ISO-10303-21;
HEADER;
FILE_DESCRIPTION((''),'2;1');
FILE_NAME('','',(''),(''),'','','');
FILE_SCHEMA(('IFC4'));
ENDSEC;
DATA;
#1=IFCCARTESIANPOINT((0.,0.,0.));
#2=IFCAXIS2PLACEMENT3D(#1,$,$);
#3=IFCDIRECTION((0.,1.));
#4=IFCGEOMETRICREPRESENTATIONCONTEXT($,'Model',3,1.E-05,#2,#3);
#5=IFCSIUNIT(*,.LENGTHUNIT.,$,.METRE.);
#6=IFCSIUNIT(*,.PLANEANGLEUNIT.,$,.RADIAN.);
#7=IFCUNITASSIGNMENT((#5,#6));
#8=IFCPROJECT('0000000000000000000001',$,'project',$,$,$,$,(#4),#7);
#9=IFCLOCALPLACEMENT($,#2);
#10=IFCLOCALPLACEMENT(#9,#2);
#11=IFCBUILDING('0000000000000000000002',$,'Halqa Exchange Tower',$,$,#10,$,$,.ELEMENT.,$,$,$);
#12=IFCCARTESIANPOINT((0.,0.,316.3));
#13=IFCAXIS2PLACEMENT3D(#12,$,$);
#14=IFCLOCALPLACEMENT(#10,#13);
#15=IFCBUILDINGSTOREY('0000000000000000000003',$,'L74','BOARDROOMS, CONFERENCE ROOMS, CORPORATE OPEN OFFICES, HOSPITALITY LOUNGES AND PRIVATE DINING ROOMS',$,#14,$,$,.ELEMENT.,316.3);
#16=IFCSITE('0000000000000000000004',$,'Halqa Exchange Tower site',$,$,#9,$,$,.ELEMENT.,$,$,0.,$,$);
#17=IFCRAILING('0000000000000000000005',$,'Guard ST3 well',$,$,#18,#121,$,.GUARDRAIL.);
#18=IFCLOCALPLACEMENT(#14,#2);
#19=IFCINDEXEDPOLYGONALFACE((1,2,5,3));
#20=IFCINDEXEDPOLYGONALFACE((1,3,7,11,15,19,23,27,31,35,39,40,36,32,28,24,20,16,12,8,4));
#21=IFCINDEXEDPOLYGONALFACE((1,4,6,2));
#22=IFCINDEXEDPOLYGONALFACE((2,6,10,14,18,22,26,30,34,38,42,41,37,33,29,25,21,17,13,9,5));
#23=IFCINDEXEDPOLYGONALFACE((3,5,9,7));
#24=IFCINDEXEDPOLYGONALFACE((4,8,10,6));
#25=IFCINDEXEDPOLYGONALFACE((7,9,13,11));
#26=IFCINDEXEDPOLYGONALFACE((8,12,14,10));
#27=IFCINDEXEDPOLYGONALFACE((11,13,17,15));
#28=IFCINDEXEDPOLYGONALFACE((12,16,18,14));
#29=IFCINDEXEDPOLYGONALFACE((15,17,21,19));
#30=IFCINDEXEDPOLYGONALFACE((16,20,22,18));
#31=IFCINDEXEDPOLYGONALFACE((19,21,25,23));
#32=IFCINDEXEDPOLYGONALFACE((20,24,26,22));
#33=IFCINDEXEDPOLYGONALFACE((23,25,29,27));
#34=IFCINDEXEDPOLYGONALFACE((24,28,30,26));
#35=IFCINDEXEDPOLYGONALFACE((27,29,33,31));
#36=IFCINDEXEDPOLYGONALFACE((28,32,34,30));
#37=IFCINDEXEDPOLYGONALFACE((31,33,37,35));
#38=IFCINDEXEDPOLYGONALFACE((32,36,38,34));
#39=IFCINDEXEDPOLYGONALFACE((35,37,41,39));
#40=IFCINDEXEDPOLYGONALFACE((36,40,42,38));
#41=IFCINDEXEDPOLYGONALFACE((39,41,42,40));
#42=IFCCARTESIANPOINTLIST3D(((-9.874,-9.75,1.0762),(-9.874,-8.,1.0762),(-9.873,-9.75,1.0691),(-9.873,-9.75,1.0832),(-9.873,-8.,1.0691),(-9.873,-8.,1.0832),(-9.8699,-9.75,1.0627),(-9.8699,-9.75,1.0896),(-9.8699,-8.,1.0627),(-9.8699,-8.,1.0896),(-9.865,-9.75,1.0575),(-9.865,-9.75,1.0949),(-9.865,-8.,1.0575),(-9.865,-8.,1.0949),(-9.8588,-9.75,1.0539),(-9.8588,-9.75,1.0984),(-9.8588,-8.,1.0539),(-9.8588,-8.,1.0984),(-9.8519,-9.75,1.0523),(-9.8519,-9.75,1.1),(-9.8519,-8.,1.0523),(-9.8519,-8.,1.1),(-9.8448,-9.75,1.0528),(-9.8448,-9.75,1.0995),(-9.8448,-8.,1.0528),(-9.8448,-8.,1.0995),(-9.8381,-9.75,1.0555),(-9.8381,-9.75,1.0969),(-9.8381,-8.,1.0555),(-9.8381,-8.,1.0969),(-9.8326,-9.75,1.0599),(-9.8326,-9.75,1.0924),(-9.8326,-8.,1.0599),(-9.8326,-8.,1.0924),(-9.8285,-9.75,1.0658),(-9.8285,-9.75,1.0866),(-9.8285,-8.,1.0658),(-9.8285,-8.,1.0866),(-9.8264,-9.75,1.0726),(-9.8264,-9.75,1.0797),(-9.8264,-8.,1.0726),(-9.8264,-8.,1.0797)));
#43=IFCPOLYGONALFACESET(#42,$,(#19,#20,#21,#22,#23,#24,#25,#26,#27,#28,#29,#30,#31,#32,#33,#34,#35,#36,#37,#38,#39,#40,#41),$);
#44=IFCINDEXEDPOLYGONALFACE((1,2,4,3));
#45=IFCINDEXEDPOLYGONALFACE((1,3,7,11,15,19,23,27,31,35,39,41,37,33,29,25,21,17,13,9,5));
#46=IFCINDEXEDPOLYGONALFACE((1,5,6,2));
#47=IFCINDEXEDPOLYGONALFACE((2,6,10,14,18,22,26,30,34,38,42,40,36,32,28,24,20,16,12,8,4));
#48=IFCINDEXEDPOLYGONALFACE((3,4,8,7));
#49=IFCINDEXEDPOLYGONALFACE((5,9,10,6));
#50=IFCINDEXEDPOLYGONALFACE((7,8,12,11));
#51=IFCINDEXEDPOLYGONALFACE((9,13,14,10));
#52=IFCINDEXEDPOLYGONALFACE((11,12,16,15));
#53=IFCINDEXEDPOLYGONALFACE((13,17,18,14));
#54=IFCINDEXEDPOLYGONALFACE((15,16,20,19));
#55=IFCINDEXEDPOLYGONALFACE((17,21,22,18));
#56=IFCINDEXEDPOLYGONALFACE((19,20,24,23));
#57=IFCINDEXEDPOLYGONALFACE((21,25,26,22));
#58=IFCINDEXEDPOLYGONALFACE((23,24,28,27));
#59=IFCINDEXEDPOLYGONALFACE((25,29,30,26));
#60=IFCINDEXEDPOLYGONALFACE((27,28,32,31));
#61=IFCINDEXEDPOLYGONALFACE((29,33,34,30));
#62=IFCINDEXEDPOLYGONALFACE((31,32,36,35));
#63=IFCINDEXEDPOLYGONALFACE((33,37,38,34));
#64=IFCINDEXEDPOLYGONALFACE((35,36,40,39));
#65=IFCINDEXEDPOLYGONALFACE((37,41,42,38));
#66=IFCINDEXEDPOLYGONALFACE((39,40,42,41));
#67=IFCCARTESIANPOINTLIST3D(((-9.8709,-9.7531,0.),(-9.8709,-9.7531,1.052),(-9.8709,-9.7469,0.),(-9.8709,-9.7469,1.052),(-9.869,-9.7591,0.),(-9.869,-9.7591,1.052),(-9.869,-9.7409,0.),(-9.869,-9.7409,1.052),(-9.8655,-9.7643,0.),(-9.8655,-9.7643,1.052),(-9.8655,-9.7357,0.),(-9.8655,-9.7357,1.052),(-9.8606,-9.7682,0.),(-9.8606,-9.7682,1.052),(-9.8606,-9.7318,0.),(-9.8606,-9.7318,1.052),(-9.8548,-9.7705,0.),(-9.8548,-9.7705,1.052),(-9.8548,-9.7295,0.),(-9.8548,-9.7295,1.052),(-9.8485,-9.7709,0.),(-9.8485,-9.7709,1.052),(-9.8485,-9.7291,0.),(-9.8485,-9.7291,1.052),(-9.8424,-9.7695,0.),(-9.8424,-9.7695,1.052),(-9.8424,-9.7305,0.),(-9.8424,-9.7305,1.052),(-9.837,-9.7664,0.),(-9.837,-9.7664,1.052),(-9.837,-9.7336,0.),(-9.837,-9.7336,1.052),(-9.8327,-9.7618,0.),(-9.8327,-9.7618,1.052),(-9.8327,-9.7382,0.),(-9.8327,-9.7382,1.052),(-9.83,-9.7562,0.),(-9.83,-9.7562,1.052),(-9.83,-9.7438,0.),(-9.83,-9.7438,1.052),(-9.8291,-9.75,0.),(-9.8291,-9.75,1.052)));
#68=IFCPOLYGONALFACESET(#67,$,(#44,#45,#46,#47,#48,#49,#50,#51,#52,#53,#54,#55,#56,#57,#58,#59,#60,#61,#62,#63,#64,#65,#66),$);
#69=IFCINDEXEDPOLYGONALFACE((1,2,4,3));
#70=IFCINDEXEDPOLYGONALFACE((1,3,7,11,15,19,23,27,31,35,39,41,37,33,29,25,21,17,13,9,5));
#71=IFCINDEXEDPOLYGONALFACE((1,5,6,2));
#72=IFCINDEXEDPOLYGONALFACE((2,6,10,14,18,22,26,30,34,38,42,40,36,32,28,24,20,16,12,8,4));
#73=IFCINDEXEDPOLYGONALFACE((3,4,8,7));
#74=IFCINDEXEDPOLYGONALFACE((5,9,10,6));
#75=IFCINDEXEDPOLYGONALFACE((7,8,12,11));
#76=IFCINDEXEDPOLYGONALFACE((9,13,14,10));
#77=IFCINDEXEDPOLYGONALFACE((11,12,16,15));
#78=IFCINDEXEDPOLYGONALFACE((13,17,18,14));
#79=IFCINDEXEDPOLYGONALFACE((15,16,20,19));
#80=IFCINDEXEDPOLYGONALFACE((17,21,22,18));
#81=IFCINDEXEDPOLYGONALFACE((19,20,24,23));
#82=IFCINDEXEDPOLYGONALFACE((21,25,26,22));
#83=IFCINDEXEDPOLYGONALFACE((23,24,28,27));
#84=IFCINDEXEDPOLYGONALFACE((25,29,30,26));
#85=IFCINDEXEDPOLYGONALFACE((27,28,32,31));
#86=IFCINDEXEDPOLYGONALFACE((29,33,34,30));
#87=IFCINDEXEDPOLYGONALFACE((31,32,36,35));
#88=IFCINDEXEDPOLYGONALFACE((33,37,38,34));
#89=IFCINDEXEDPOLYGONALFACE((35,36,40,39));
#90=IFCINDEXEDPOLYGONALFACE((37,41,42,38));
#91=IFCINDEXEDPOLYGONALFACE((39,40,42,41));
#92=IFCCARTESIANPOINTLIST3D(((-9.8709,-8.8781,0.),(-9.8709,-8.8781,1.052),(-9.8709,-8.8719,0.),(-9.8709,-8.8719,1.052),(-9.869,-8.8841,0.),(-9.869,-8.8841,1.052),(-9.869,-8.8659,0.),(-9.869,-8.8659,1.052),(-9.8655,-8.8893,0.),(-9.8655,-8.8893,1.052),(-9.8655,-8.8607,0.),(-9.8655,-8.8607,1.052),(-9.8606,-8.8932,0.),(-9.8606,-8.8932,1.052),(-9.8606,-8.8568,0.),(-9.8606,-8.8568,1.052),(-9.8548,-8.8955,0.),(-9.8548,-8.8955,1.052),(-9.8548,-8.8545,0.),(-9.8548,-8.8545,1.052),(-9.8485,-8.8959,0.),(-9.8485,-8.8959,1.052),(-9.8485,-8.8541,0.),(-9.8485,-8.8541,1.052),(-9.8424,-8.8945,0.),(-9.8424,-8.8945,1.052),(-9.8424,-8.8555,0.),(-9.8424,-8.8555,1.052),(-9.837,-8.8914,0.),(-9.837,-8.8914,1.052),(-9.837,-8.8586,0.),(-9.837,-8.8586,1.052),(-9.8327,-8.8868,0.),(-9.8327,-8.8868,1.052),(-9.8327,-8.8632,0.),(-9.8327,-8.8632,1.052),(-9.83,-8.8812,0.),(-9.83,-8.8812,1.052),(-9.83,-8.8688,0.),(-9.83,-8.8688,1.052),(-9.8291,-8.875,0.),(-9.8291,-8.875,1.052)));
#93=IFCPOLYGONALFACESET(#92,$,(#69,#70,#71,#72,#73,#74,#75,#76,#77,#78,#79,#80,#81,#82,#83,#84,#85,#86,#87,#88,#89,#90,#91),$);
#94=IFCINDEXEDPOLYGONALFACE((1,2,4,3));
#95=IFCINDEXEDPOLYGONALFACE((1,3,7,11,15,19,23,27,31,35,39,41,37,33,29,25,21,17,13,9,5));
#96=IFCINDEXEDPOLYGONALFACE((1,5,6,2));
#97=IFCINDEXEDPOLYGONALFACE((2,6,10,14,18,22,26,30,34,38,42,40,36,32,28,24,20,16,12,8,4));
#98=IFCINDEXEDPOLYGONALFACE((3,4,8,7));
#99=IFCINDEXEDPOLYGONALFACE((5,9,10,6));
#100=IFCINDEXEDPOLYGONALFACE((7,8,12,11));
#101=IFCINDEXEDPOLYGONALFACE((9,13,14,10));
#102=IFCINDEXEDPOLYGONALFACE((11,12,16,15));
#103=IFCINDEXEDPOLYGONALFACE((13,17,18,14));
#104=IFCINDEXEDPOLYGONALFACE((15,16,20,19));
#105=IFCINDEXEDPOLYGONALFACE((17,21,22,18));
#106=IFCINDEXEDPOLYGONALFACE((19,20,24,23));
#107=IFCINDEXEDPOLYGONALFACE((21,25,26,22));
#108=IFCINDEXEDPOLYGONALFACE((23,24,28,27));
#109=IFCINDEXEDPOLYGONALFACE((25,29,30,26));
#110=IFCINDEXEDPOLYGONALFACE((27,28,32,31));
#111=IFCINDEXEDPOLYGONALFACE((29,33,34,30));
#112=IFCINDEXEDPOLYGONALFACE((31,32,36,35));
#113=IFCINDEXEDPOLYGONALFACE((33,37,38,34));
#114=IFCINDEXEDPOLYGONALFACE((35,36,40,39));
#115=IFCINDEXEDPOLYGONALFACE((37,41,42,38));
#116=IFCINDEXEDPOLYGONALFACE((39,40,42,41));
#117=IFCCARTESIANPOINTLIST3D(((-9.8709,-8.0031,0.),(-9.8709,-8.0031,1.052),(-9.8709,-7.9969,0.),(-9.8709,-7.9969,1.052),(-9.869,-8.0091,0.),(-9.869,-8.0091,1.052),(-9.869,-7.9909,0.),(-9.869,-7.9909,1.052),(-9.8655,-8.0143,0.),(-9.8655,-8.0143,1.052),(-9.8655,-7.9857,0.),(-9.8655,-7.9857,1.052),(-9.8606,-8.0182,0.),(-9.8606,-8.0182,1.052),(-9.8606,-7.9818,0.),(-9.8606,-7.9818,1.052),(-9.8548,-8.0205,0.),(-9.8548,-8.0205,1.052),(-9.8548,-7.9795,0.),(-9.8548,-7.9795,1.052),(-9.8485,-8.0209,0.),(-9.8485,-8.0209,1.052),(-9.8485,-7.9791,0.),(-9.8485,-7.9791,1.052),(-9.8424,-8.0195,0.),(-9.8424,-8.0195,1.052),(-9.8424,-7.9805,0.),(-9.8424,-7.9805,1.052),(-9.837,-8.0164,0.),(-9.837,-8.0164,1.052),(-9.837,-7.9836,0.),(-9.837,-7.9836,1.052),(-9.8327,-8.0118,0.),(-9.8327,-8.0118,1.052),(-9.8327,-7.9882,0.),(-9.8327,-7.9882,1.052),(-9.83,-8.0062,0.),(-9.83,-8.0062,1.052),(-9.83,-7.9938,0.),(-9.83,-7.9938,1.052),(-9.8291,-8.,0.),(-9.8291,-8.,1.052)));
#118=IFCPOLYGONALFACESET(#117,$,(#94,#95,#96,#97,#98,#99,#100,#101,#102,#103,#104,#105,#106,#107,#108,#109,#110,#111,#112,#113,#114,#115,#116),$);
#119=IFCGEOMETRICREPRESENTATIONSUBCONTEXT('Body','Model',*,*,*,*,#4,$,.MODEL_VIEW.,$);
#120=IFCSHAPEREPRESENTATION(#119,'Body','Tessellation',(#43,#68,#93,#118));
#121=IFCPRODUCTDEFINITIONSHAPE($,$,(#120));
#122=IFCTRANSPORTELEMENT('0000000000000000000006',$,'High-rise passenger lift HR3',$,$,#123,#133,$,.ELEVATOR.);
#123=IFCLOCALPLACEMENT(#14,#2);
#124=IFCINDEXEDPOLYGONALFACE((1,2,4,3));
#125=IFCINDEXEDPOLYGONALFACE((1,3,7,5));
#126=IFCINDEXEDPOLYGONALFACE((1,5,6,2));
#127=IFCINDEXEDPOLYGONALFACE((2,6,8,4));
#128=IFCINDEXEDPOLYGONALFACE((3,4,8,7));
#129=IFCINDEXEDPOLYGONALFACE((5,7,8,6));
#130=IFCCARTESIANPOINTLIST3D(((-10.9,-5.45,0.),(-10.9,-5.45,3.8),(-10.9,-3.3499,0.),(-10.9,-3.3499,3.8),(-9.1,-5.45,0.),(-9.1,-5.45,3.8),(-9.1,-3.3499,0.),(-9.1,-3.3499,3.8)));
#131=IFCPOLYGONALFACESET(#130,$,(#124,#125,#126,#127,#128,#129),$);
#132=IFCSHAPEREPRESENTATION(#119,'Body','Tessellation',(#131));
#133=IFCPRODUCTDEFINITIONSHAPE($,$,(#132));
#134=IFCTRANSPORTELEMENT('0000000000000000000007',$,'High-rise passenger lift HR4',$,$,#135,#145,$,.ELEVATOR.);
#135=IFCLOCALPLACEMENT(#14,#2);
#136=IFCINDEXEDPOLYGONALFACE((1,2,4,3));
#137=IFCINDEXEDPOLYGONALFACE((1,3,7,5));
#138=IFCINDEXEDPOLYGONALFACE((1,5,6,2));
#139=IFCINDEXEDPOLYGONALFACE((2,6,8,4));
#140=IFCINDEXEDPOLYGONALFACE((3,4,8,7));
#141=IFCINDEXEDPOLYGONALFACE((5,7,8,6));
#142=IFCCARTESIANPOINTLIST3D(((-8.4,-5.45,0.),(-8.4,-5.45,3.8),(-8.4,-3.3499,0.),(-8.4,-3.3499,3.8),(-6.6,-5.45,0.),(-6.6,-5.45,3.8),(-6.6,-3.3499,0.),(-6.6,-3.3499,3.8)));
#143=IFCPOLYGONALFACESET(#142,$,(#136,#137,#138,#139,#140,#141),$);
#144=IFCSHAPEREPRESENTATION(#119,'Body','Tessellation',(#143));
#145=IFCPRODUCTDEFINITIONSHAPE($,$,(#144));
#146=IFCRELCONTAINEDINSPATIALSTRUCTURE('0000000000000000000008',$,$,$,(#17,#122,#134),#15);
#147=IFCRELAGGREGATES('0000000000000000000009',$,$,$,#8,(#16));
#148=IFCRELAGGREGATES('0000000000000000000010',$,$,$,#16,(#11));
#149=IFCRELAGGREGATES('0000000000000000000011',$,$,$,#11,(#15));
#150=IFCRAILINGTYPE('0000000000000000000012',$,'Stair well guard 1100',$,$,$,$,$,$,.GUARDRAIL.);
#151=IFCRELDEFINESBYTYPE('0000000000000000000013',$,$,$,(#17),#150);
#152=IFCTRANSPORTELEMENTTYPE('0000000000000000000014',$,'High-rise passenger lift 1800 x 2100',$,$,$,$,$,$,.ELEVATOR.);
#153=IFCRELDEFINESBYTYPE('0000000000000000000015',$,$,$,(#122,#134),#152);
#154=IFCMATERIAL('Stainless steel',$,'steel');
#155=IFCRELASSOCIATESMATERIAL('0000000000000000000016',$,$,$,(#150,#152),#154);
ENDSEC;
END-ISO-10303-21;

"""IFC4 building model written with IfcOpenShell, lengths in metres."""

from ifc_helpers import new_model, si_unit, direction, frame, origin, origin_2d, place, context, subcontext, project, spatial, rectangle, circle, extrude, material, type_object, element, save


model = new_model("IFC4")

# Units and contexts
model_context = context("Model", 3, precision=1e-05, world=origin(), true_north=direction((0.0, 1.0)))
body_context = subcontext(model_context, "Body", "Model", "MODEL_VIEW")
ifc_project = project(units=[si_unit("LENGTHUNIT", "METRE"), si_unit("PLANEANGLEUNIT", "RADIAN")], contexts=[model_context])

# Site, building, storey
site_placement = place(None, origin())
site = spatial("IfcSite", under=ifc_project, at=site_placement, Name="Halqa Exchange Tower site", CompositionType="ELEMENT", RefElevation=0.0)
building_placement = place(site_placement, origin())
building = spatial("IfcBuilding", under=site, at=building_placement, Name="Halqa Exchange Tower", CompositionType="ELEMENT")
storey_placement = place(building_placement, frame((0.0, 0.0, 316.3)))
storey = spatial("IfcBuildingStorey", under=building, at=storey_placement, Name="L74", Description="BOARDROOMS, CONFERENCE ROOMS, CORPORATE OPEN OFFICES, HOSPITALITY LOUNGES AND PRIVATE DINING ROOMS", CompositionType="ELEMENT", Elevation=316.3)

# Shared definitions
ifc_material_1 = material(Name="Stainless steel", Category="steel")

# Railing
railing_type_1 = type_object("IfcRailingType", Name="Stair well guard 1100", PredefinedType="GUARDRAIL", material=ifc_material_1)
railing_1_placement = place(storey_placement, frame((-9.8501, -9.75, 0.0)))
element("IfcRailing", 1, at=railing_1_placement, inside=storey, type_object=railing_type_1, Name="Guard ST3 well", PredefinedType="GUARDRAIL", context=body_context, shape_type="SweptSolid", body=[
    extrude(circle(Radius=0.0239, at=origin_2d()), frame((0.0, 0.0, 1.0762), z_axis=(0.0, 1.0, 0.0), x_axis=(-1.0, 0.0, 0.0)), (0.0, 0.0, 1.0), 1.75),
    extrude(circle(Radius=0.021, at=origin_2d()), origin(), (0.0, 0.0, 1.0), 1.052),
    extrude(circle(Radius=0.021, at=origin_2d()), frame((0.0, 0.875, 0.0)), (0.0, 0.0, 1.0), 1.052),
    extrude(circle(Radius=0.021, at=origin_2d()), frame((0.0, 1.75, 0.0)), (0.0, 0.0, 1.0), 1.052),
])

# Transport elements
transport_element_type = type_object("IfcTransportElementType", Name="High-rise passenger lift 1800 x 2100", PredefinedType="ELEVATOR", material=ifc_material_1)
for number, where, z_axis, x_axis, name in (
    (2, (-10.0, -4.3999, 0.0), (0.0, 0.0, 1.0), (1.0, 0.0, 0.0), "High-rise passenger lift HR3"),
    (3, (-7.5, -4.3999, 0.0), (0.0, 0.0, 1.0), (1.0, 0.0, 0.0), "High-rise passenger lift HR4"),
):
    element("IfcTransportElement", number, at=place(storey_placement, frame(where, z_axis=z_axis, x_axis=x_axis)), inside=storey, type_object=transport_element_type, Name=name, PredefinedType="ELEVATOR", context=body_context, shape_type="SweptSolid", body=[
        extrude(rectangle(XDim=1.8, YDim=2.1001, at=origin_2d()), origin(), (0.0, 0.0, 1.0), 3.8),
    ])

save(model, "model.ifc")
